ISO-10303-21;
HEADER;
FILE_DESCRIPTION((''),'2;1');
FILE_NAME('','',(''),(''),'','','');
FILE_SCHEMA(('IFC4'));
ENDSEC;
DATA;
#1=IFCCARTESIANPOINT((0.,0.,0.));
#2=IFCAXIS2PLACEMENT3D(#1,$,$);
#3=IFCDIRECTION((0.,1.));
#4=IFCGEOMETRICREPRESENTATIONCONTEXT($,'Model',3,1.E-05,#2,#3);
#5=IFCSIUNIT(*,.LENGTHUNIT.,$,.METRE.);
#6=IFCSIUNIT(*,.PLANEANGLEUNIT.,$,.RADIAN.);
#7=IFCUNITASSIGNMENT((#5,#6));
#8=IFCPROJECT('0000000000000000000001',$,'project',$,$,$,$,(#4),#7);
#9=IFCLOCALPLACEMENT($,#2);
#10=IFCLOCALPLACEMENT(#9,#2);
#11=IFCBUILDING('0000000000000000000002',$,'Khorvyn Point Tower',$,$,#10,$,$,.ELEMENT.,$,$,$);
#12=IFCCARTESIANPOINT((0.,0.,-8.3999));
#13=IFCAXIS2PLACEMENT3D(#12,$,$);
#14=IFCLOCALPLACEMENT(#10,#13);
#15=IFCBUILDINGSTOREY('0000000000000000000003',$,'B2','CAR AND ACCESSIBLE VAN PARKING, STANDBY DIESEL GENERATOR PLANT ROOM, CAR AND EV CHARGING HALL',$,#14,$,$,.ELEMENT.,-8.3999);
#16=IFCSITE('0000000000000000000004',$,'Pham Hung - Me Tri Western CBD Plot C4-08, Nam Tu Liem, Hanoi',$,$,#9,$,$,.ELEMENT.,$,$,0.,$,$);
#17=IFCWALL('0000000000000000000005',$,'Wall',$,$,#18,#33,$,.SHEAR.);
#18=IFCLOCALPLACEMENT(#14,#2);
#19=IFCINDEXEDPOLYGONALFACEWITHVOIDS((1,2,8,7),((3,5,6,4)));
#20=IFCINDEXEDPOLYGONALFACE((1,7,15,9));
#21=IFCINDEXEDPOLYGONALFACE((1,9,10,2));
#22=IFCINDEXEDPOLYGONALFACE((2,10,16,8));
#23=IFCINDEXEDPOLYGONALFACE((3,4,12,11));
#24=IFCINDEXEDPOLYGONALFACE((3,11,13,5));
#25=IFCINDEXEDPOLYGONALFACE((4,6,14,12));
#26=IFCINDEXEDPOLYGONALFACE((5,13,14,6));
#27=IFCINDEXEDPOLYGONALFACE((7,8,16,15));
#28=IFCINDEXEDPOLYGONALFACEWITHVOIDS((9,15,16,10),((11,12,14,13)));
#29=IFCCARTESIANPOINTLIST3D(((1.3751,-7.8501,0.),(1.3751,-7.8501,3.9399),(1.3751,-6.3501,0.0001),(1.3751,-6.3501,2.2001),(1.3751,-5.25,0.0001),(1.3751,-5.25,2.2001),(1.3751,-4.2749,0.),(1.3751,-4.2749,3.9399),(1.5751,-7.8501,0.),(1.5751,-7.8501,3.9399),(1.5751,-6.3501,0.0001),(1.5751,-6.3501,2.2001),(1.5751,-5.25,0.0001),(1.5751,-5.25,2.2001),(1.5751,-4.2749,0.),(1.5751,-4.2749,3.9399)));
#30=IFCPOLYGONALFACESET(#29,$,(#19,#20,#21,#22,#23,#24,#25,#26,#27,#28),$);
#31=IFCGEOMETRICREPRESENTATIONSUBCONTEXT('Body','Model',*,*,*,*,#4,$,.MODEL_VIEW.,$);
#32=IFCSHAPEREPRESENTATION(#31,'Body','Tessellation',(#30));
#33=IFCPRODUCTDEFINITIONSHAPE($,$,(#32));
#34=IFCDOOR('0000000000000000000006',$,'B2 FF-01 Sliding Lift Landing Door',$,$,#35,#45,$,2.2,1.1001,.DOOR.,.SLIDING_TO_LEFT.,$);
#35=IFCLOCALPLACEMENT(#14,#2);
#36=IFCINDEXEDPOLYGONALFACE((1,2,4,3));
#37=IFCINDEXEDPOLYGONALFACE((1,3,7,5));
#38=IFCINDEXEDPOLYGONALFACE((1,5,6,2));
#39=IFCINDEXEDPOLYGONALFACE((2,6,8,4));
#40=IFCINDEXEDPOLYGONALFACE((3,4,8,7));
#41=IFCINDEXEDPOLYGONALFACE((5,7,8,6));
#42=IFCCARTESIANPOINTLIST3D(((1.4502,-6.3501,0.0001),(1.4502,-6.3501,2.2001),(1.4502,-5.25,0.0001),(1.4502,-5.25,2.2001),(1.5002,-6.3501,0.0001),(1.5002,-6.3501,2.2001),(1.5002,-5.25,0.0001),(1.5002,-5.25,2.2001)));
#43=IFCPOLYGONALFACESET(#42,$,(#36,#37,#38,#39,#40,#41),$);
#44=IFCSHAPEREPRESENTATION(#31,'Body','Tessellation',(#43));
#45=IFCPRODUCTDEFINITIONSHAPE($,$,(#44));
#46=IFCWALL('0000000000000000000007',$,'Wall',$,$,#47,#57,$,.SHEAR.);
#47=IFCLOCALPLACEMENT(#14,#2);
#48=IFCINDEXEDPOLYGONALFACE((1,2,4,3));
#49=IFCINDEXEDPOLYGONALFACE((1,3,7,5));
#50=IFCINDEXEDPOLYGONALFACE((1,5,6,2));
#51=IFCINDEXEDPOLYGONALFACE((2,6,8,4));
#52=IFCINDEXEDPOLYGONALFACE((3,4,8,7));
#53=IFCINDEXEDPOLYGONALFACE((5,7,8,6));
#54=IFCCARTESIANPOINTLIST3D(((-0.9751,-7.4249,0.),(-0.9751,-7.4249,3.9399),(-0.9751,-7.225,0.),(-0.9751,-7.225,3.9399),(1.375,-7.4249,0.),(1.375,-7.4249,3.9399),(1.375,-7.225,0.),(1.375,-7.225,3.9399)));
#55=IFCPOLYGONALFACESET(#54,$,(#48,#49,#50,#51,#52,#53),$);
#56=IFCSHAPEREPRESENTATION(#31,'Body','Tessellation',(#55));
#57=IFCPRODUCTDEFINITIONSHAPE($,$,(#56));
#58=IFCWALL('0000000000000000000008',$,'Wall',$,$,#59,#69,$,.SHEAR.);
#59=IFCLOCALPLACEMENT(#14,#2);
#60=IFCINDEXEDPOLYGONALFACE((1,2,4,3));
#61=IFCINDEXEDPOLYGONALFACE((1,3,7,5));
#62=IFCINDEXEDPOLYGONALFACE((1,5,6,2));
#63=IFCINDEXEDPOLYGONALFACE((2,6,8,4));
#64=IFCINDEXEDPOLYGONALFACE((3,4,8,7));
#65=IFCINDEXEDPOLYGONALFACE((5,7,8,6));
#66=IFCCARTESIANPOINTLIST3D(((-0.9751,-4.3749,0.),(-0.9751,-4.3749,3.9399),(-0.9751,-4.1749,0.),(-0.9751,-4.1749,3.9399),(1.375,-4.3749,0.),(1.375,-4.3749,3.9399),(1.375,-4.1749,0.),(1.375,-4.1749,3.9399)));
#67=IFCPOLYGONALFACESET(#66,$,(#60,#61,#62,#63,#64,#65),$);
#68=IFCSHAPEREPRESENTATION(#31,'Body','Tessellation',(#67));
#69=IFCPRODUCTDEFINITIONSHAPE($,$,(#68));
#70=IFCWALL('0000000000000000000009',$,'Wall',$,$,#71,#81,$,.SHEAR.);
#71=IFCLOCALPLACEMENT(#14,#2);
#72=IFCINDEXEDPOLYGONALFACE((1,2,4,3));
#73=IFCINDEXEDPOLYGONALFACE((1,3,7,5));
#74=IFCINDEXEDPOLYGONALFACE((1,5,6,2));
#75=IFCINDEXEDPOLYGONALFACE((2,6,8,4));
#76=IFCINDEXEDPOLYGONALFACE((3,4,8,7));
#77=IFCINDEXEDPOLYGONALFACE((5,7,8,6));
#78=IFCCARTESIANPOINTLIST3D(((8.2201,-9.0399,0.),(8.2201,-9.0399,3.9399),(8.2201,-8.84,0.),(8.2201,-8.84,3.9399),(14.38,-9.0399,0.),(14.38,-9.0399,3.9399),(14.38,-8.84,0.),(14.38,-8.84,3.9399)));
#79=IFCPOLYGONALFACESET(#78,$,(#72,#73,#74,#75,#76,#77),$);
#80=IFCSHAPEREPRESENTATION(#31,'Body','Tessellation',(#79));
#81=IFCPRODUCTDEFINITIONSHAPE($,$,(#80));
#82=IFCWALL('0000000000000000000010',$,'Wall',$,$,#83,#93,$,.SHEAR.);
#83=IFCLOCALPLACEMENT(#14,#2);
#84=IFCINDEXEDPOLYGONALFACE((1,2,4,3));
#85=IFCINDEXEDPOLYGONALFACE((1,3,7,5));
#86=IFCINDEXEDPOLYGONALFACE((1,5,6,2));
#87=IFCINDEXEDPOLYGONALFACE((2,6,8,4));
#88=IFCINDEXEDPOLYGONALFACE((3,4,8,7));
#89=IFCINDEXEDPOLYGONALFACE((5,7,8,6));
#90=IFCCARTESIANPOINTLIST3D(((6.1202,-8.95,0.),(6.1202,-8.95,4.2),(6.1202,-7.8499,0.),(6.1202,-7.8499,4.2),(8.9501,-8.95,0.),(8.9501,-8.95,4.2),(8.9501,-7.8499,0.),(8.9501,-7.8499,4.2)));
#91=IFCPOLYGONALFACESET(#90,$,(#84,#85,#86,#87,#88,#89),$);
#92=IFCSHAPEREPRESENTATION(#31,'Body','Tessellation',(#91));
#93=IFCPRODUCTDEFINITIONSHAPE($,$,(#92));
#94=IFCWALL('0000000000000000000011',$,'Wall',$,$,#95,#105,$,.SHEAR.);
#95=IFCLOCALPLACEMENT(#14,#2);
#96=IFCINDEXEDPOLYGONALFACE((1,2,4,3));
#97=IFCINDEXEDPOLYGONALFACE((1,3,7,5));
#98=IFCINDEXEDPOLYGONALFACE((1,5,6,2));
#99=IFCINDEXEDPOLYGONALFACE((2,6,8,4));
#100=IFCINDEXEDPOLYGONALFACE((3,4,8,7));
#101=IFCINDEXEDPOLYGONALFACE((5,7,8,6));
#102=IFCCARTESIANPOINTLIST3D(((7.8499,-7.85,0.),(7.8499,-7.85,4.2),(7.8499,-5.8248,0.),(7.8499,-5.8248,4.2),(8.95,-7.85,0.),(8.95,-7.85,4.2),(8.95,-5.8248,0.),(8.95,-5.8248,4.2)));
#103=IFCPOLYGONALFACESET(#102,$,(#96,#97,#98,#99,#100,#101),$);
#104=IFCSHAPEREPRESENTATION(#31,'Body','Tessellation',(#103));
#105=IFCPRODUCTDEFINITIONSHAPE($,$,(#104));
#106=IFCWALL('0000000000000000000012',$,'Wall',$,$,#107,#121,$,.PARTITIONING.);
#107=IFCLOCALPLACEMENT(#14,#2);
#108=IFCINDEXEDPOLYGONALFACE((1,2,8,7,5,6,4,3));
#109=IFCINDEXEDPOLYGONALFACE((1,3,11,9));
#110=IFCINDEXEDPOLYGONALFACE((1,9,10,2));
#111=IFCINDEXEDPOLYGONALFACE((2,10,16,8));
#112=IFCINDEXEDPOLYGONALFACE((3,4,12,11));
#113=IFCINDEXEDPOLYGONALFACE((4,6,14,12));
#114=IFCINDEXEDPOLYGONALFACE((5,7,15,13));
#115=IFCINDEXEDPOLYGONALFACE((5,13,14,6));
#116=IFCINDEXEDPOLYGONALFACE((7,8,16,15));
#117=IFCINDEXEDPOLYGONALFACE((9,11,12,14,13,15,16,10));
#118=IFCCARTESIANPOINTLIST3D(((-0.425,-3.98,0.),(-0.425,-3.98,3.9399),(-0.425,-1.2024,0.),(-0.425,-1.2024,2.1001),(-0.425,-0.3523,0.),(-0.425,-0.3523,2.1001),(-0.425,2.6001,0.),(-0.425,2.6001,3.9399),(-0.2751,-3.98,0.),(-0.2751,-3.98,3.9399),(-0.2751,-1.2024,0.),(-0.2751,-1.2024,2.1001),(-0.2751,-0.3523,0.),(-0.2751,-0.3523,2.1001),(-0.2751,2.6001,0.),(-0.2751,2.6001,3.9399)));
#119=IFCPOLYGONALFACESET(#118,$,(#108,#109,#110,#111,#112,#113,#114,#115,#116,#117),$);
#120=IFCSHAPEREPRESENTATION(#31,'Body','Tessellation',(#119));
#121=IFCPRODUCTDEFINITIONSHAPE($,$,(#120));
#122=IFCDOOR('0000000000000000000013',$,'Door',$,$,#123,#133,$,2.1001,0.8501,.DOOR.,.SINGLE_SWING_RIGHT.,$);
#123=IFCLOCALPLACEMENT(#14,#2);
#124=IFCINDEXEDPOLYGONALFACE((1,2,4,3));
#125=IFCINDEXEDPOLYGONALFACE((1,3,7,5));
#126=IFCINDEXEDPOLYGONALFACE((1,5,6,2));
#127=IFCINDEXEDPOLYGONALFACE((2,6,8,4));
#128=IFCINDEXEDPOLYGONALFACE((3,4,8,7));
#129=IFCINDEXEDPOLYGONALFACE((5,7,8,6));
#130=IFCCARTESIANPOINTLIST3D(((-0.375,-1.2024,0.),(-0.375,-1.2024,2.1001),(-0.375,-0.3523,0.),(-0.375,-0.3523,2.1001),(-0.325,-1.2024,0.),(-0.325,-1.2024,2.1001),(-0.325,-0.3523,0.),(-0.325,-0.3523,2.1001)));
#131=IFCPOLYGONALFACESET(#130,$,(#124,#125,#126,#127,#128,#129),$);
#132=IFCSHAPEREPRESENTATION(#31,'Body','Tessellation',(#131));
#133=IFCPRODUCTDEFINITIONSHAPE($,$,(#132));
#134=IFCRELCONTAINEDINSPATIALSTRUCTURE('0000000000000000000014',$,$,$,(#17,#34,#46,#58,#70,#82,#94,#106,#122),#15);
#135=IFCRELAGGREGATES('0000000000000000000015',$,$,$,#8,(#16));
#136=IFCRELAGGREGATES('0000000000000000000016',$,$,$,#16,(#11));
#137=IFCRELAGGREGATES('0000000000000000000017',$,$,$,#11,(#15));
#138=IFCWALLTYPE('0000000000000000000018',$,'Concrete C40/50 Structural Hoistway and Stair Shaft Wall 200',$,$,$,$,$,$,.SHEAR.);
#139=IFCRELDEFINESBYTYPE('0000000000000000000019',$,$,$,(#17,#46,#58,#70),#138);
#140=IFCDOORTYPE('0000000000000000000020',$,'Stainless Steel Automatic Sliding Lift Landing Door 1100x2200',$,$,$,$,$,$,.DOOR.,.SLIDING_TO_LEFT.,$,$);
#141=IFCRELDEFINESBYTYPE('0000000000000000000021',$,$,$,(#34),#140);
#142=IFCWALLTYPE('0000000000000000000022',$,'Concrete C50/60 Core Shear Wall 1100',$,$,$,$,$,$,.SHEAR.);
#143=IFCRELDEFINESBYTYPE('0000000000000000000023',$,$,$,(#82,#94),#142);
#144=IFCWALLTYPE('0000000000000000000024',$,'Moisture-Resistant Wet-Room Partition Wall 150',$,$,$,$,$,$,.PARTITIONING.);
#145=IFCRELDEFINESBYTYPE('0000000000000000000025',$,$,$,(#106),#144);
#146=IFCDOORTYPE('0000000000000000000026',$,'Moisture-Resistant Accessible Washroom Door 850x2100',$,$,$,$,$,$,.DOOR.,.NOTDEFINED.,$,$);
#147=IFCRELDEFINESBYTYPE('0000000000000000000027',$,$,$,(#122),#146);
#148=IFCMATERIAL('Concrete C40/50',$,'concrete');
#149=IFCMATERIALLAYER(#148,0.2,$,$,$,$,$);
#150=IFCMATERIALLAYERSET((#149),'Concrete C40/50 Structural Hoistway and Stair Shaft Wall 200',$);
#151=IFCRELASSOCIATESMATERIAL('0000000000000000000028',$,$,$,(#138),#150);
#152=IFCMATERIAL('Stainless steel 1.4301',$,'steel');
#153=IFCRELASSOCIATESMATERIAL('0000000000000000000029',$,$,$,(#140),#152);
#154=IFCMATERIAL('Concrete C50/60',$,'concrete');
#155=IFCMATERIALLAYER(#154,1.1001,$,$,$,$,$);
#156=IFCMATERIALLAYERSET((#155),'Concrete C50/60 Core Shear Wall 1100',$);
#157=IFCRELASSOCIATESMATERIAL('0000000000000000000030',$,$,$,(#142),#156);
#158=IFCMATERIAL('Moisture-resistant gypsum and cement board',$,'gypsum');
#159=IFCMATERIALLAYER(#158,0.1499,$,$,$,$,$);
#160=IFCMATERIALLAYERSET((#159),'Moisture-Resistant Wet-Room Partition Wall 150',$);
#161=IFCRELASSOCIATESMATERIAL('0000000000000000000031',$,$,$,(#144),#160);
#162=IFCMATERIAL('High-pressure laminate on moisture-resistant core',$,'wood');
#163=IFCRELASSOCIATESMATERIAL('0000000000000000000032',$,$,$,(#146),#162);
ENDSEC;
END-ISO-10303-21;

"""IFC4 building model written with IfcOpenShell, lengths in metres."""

from ifc_helpers import new_model, si_unit, direction, frame, frame_2d, origin, place, context, subcontext, project, spatial, rectangle, extrude, material, layer, layer_set, type_object, element, fill, save


model = new_model("IFC4")

# Units and contexts
model_context = context("Model", 3, precision=1e-05, world=origin(), true_north=direction((0.0, 1.0)))
body_context = subcontext(model_context, "Body", "Model", "MODEL_VIEW")
ifc_project = project(units=[si_unit("LENGTHUNIT", "METRE"), si_unit("PLANEANGLEUNIT", "RADIAN")], contexts=[model_context])

# Site, building, storey
site_placement = place(None, origin())
site = spatial("IfcSite", under=ifc_project, at=site_placement, Name="Pham Hung - Me Tri Western CBD Plot C4-08, Nam Tu Liem, Hanoi", CompositionType="ELEMENT", RefElevation=0.0)
building_placement = place(site_placement, origin())
building = spatial("IfcBuilding", under=site, at=building_placement, Name="Khorvyn Point Tower", CompositionType="ELEMENT")
storey_placement = place(building_placement, frame((0.0, 0.0, -8.3999)))
storey = spatial("IfcBuildingStorey", under=building, at=storey_placement, Name="B2", Description="CAR AND ACCESSIBLE VAN PARKING, STANDBY DIESEL GENERATOR PLANT ROOM, CAR AND EV CHARGING HALL", CompositionType="ELEMENT", Elevation=-8.3999)

# Shared definitions
ifc_material_1 = material(Name="Concrete C40/50", Category="concrete")

# Shared definitions
ifc_material_2 = material(Name="Concrete C50/60", Category="concrete")

# Shared definitions
ifc_layer_1 = layer(ifc_material_1, 0.2)
ifc_layer_set_1 = layer_set([ifc_layer_1], Name="Concrete C40/50 Structural Hoistway and Stair Shaft Wall 200")
wall_type_1 = type_object("IfcWallType", Name="Concrete C40/50 Structural Hoistway and Stair Shaft Wall 200", PredefinedType="SHEAR", material=ifc_layer_set_1)

# Wall, opening, door
wall_1_placement = place(storey_placement, frame((1.4751, -7.8501, 0.0), z_axis=(0.0, 0.0, 1.0), x_axis=(0.0, 1.0, 0.0)))
wall_1 = element("IfcWall", 1, at=wall_1_placement, inside=storey, type_object=wall_type_1, Name="Wall", PredefinedType="SHEAR", context=body_context, shape_type="SweptSolid", body=[
    extrude(rectangle(XDim=3.5752, YDim=0.2, at=frame_2d((1.7876, 0.0))), origin(), (0.0, 0.0, 1.0), 3.9399),
])
opening_1_placement = place(wall_1_placement, frame((1.5, 0.0, 0.0)))
opening_1 = element("IfcOpeningElement", 2, at=opening_1_placement, cuts=wall_1, PredefinedType="OPENING", context=body_context, shape_type="SweptSolid", body=[
    extrude(rectangle(XDim=1.1001, YDim=2.2, at=frame_2d((0.55, 1.1001))), frame((0.0, 0.1099, 0.0), z_axis=(0.0, -1.0, 0.0), x_axis=(1.0, 0.0, 0.0)), (0.0, 0.0, 1.0), 0.22),
])
ifc_material_3 = material(Name="Stainless steel 1.4301", Category="steel")
door_type_1 = type_object("IfcDoorType", Name="Stainless Steel Automatic Sliding Lift Landing Door 1100x2200", OperationType="SLIDING_TO_LEFT", PredefinedType="DOOR", material=ifc_material_3)
door_1_placement = place(opening_1_placement, origin())
door_1 = element("IfcDoor", 3, at=door_1_placement, inside=storey, type_object=door_type_1, Name="B2 FF-01 Sliding Lift Landing Door", OperationType="SLIDING_TO_LEFT", OverallHeight=2.2, OverallWidth=1.1001, PredefinedType="DOOR", context=body_context, shape_type="SweptSolid", body=[
    extrude(rectangle(XDim=1.1001, YDim=2.2, at=frame_2d((0.55, 1.1001))), frame((0.0, 0.0249, 0.0), z_axis=(0.0, -1.0, 0.0), x_axis=(1.0, 0.0, 0.0)), (0.0, 0.0, 1.0), 0.05),
])
fill(opening_1, door_1)

# Walls
for number, where, z_axis, x_axis, name in (
    (4, (-0.9751, -7.325, 0.0), (0.0, 0.0, 1.0), (1.0, 0.0, 0.0), "Wall"),
    (5, (-0.9751, -4.2749, 0.0), (0.0, 0.0, 1.0), (1.0, 0.0, 0.0), "Wall"),
):
    element("IfcWall", number, at=place(storey_placement, frame(where, z_axis=z_axis, x_axis=x_axis)), inside=storey, type_object=wall_type_1, Name=name, PredefinedType="SHEAR", context=body_context, shape_type="SweptSolid", body=[
        extrude(rectangle(XDim=2.3501, YDim=0.2, at=frame_2d((1.175, 0.0))), origin(), (0.0, 0.0, 1.0), 3.9399),
    ])
wall_2_placement = place(storey_placement, frame((8.22, -8.9399, 0.0), z_axis=(0.0, 0.0, 1.0), x_axis=(1.0, 0.0, 0.0)))
element("IfcWall", 6, at=wall_2_placement, inside=storey, type_object=wall_type_1, Name="Wall", PredefinedType="SHEAR", context=body_context, shape_type="SweptSolid", body=[
    extrude(rectangle(XDim=6.1599, YDim=0.2, at=frame_2d((3.0801, 0.0))), origin(), (0.0, 0.0, 1.0), 3.9399),
])
ifc_layer_2 = layer(ifc_material_2, 1.1001)
ifc_layer_set_2 = layer_set([ifc_layer_2], Name="Concrete C50/60 Core Shear Wall 1100")
wall_type_2 = type_object("IfcWallType", Name="Concrete C50/60 Core Shear Wall 1100", PredefinedType="SHEAR", material=ifc_layer_set_2)
wall_3_placement = place(storey_placement, frame((6.1201, -8.3999, 0.0), z_axis=(0.0, 0.0, 1.0), x_axis=(1.0, 0.0, 0.0)))
element("IfcWall", 7, at=wall_3_placement, inside=storey, type_object=wall_type_2, Name="Wall", PredefinedType="SHEAR", context=body_context, shape_type="SweptSolid", body=[
    extrude(rectangle(XDim=2.8298, YDim=1.1001, at=frame_2d((1.415, 0.0))), origin(), (0.0, 0.0, 1.0), 4.2),
])
wall_4_placement = place(storey_placement, frame((8.3999, -7.8501, 0.0), z_axis=(0.0, 0.0, 1.0), x_axis=(0.0, 1.0, 0.0)))
element("IfcWall", 8, at=wall_4_placement, inside=storey, type_object=wall_type_2, Name="Wall", PredefinedType="SHEAR", context=body_context, shape_type="SweptSolid", body=[
    extrude(rectangle(XDim=2.0251, YDim=1.1001, at=frame_2d((1.0127, 0.0))), origin(), (0.0, 0.0, 1.0), 4.2),
])

# Wall, opening, door
ifc_material_4 = material(Name="Moisture-resistant gypsum and cement board", Category="gypsum")
ifc_layer_3 = layer(ifc_material_4, 0.1499)
ifc_layer_set_3 = layer_set([ifc_layer_3], Name="Moisture-Resistant Wet-Room Partition Wall 150")
wall_type_3 = type_object("IfcWallType", Name="Moisture-Resistant Wet-Room Partition Wall 150", PredefinedType="PARTITIONING", material=ifc_layer_set_3)
wall_5_placement = place(storey_placement, frame((-0.3501, -3.98, 0.0), z_axis=(0.0, 0.0, 1.0), x_axis=(0.0, 1.0, 0.0)))
wall_5 = element("IfcWall", 9, at=wall_5_placement, inside=storey, type_object=wall_type_3, Name="Wall", PredefinedType="PARTITIONING", context=body_context, shape_type="SweptSolid", body=[
    extrude(rectangle(XDim=6.5801, YDim=0.1499, at=frame_2d((3.29, 0.0))), origin(), (0.0, 0.0, 1.0), 3.9399),
])
opening_2_placement = place(wall_5_placement, frame((2.7776, 0.0, 0.0)))
opening_2 = element("IfcOpeningElement", 10, at=opening_2_placement, cuts=wall_5, PredefinedType="OPENING", context=body_context, shape_type="SweptSolid", body=[
    extrude(rectangle(XDim=0.8501, YDim=2.1001, at=frame_2d((0.425, 1.05))), frame((0.0, 0.085, 0.0), z_axis=(0.0, -1.0, 0.0), x_axis=(1.0, 0.0, 0.0)), (0.0, 0.0, 1.0), 0.1699),
])
ifc_material_5 = material(Name="High-pressure laminate on moisture-resistant core", Category="wood")
door_type_2 = type_object("IfcDoorType", Name="Moisture-Resistant Accessible Washroom Door 850x2100", OperationType="NOTDEFINED", PredefinedType="DOOR", material=ifc_material_5)
door_2_placement = place(opening_2_placement, origin())
door_2 = element("IfcDoor", 11, at=door_2_placement, inside=storey, type_object=door_type_2, Name="Door", OperationType="SINGLE_SWING_RIGHT", OverallHeight=2.1001, OverallWidth=0.8501, PredefinedType="DOOR", context=body_context, shape_type="SweptSolid", body=[
    extrude(rectangle(XDim=0.8501, YDim=2.1001, at=frame_2d((0.425, 1.05))), frame((0.0, 0.0249, 0.0), z_axis=(0.0, -1.0, 0.0), x_axis=(1.0, 0.0, 0.0)), (0.0, 0.0, 1.0), 0.05),
])
fill(opening_2, door_2)

save(model, "model.ifc")
